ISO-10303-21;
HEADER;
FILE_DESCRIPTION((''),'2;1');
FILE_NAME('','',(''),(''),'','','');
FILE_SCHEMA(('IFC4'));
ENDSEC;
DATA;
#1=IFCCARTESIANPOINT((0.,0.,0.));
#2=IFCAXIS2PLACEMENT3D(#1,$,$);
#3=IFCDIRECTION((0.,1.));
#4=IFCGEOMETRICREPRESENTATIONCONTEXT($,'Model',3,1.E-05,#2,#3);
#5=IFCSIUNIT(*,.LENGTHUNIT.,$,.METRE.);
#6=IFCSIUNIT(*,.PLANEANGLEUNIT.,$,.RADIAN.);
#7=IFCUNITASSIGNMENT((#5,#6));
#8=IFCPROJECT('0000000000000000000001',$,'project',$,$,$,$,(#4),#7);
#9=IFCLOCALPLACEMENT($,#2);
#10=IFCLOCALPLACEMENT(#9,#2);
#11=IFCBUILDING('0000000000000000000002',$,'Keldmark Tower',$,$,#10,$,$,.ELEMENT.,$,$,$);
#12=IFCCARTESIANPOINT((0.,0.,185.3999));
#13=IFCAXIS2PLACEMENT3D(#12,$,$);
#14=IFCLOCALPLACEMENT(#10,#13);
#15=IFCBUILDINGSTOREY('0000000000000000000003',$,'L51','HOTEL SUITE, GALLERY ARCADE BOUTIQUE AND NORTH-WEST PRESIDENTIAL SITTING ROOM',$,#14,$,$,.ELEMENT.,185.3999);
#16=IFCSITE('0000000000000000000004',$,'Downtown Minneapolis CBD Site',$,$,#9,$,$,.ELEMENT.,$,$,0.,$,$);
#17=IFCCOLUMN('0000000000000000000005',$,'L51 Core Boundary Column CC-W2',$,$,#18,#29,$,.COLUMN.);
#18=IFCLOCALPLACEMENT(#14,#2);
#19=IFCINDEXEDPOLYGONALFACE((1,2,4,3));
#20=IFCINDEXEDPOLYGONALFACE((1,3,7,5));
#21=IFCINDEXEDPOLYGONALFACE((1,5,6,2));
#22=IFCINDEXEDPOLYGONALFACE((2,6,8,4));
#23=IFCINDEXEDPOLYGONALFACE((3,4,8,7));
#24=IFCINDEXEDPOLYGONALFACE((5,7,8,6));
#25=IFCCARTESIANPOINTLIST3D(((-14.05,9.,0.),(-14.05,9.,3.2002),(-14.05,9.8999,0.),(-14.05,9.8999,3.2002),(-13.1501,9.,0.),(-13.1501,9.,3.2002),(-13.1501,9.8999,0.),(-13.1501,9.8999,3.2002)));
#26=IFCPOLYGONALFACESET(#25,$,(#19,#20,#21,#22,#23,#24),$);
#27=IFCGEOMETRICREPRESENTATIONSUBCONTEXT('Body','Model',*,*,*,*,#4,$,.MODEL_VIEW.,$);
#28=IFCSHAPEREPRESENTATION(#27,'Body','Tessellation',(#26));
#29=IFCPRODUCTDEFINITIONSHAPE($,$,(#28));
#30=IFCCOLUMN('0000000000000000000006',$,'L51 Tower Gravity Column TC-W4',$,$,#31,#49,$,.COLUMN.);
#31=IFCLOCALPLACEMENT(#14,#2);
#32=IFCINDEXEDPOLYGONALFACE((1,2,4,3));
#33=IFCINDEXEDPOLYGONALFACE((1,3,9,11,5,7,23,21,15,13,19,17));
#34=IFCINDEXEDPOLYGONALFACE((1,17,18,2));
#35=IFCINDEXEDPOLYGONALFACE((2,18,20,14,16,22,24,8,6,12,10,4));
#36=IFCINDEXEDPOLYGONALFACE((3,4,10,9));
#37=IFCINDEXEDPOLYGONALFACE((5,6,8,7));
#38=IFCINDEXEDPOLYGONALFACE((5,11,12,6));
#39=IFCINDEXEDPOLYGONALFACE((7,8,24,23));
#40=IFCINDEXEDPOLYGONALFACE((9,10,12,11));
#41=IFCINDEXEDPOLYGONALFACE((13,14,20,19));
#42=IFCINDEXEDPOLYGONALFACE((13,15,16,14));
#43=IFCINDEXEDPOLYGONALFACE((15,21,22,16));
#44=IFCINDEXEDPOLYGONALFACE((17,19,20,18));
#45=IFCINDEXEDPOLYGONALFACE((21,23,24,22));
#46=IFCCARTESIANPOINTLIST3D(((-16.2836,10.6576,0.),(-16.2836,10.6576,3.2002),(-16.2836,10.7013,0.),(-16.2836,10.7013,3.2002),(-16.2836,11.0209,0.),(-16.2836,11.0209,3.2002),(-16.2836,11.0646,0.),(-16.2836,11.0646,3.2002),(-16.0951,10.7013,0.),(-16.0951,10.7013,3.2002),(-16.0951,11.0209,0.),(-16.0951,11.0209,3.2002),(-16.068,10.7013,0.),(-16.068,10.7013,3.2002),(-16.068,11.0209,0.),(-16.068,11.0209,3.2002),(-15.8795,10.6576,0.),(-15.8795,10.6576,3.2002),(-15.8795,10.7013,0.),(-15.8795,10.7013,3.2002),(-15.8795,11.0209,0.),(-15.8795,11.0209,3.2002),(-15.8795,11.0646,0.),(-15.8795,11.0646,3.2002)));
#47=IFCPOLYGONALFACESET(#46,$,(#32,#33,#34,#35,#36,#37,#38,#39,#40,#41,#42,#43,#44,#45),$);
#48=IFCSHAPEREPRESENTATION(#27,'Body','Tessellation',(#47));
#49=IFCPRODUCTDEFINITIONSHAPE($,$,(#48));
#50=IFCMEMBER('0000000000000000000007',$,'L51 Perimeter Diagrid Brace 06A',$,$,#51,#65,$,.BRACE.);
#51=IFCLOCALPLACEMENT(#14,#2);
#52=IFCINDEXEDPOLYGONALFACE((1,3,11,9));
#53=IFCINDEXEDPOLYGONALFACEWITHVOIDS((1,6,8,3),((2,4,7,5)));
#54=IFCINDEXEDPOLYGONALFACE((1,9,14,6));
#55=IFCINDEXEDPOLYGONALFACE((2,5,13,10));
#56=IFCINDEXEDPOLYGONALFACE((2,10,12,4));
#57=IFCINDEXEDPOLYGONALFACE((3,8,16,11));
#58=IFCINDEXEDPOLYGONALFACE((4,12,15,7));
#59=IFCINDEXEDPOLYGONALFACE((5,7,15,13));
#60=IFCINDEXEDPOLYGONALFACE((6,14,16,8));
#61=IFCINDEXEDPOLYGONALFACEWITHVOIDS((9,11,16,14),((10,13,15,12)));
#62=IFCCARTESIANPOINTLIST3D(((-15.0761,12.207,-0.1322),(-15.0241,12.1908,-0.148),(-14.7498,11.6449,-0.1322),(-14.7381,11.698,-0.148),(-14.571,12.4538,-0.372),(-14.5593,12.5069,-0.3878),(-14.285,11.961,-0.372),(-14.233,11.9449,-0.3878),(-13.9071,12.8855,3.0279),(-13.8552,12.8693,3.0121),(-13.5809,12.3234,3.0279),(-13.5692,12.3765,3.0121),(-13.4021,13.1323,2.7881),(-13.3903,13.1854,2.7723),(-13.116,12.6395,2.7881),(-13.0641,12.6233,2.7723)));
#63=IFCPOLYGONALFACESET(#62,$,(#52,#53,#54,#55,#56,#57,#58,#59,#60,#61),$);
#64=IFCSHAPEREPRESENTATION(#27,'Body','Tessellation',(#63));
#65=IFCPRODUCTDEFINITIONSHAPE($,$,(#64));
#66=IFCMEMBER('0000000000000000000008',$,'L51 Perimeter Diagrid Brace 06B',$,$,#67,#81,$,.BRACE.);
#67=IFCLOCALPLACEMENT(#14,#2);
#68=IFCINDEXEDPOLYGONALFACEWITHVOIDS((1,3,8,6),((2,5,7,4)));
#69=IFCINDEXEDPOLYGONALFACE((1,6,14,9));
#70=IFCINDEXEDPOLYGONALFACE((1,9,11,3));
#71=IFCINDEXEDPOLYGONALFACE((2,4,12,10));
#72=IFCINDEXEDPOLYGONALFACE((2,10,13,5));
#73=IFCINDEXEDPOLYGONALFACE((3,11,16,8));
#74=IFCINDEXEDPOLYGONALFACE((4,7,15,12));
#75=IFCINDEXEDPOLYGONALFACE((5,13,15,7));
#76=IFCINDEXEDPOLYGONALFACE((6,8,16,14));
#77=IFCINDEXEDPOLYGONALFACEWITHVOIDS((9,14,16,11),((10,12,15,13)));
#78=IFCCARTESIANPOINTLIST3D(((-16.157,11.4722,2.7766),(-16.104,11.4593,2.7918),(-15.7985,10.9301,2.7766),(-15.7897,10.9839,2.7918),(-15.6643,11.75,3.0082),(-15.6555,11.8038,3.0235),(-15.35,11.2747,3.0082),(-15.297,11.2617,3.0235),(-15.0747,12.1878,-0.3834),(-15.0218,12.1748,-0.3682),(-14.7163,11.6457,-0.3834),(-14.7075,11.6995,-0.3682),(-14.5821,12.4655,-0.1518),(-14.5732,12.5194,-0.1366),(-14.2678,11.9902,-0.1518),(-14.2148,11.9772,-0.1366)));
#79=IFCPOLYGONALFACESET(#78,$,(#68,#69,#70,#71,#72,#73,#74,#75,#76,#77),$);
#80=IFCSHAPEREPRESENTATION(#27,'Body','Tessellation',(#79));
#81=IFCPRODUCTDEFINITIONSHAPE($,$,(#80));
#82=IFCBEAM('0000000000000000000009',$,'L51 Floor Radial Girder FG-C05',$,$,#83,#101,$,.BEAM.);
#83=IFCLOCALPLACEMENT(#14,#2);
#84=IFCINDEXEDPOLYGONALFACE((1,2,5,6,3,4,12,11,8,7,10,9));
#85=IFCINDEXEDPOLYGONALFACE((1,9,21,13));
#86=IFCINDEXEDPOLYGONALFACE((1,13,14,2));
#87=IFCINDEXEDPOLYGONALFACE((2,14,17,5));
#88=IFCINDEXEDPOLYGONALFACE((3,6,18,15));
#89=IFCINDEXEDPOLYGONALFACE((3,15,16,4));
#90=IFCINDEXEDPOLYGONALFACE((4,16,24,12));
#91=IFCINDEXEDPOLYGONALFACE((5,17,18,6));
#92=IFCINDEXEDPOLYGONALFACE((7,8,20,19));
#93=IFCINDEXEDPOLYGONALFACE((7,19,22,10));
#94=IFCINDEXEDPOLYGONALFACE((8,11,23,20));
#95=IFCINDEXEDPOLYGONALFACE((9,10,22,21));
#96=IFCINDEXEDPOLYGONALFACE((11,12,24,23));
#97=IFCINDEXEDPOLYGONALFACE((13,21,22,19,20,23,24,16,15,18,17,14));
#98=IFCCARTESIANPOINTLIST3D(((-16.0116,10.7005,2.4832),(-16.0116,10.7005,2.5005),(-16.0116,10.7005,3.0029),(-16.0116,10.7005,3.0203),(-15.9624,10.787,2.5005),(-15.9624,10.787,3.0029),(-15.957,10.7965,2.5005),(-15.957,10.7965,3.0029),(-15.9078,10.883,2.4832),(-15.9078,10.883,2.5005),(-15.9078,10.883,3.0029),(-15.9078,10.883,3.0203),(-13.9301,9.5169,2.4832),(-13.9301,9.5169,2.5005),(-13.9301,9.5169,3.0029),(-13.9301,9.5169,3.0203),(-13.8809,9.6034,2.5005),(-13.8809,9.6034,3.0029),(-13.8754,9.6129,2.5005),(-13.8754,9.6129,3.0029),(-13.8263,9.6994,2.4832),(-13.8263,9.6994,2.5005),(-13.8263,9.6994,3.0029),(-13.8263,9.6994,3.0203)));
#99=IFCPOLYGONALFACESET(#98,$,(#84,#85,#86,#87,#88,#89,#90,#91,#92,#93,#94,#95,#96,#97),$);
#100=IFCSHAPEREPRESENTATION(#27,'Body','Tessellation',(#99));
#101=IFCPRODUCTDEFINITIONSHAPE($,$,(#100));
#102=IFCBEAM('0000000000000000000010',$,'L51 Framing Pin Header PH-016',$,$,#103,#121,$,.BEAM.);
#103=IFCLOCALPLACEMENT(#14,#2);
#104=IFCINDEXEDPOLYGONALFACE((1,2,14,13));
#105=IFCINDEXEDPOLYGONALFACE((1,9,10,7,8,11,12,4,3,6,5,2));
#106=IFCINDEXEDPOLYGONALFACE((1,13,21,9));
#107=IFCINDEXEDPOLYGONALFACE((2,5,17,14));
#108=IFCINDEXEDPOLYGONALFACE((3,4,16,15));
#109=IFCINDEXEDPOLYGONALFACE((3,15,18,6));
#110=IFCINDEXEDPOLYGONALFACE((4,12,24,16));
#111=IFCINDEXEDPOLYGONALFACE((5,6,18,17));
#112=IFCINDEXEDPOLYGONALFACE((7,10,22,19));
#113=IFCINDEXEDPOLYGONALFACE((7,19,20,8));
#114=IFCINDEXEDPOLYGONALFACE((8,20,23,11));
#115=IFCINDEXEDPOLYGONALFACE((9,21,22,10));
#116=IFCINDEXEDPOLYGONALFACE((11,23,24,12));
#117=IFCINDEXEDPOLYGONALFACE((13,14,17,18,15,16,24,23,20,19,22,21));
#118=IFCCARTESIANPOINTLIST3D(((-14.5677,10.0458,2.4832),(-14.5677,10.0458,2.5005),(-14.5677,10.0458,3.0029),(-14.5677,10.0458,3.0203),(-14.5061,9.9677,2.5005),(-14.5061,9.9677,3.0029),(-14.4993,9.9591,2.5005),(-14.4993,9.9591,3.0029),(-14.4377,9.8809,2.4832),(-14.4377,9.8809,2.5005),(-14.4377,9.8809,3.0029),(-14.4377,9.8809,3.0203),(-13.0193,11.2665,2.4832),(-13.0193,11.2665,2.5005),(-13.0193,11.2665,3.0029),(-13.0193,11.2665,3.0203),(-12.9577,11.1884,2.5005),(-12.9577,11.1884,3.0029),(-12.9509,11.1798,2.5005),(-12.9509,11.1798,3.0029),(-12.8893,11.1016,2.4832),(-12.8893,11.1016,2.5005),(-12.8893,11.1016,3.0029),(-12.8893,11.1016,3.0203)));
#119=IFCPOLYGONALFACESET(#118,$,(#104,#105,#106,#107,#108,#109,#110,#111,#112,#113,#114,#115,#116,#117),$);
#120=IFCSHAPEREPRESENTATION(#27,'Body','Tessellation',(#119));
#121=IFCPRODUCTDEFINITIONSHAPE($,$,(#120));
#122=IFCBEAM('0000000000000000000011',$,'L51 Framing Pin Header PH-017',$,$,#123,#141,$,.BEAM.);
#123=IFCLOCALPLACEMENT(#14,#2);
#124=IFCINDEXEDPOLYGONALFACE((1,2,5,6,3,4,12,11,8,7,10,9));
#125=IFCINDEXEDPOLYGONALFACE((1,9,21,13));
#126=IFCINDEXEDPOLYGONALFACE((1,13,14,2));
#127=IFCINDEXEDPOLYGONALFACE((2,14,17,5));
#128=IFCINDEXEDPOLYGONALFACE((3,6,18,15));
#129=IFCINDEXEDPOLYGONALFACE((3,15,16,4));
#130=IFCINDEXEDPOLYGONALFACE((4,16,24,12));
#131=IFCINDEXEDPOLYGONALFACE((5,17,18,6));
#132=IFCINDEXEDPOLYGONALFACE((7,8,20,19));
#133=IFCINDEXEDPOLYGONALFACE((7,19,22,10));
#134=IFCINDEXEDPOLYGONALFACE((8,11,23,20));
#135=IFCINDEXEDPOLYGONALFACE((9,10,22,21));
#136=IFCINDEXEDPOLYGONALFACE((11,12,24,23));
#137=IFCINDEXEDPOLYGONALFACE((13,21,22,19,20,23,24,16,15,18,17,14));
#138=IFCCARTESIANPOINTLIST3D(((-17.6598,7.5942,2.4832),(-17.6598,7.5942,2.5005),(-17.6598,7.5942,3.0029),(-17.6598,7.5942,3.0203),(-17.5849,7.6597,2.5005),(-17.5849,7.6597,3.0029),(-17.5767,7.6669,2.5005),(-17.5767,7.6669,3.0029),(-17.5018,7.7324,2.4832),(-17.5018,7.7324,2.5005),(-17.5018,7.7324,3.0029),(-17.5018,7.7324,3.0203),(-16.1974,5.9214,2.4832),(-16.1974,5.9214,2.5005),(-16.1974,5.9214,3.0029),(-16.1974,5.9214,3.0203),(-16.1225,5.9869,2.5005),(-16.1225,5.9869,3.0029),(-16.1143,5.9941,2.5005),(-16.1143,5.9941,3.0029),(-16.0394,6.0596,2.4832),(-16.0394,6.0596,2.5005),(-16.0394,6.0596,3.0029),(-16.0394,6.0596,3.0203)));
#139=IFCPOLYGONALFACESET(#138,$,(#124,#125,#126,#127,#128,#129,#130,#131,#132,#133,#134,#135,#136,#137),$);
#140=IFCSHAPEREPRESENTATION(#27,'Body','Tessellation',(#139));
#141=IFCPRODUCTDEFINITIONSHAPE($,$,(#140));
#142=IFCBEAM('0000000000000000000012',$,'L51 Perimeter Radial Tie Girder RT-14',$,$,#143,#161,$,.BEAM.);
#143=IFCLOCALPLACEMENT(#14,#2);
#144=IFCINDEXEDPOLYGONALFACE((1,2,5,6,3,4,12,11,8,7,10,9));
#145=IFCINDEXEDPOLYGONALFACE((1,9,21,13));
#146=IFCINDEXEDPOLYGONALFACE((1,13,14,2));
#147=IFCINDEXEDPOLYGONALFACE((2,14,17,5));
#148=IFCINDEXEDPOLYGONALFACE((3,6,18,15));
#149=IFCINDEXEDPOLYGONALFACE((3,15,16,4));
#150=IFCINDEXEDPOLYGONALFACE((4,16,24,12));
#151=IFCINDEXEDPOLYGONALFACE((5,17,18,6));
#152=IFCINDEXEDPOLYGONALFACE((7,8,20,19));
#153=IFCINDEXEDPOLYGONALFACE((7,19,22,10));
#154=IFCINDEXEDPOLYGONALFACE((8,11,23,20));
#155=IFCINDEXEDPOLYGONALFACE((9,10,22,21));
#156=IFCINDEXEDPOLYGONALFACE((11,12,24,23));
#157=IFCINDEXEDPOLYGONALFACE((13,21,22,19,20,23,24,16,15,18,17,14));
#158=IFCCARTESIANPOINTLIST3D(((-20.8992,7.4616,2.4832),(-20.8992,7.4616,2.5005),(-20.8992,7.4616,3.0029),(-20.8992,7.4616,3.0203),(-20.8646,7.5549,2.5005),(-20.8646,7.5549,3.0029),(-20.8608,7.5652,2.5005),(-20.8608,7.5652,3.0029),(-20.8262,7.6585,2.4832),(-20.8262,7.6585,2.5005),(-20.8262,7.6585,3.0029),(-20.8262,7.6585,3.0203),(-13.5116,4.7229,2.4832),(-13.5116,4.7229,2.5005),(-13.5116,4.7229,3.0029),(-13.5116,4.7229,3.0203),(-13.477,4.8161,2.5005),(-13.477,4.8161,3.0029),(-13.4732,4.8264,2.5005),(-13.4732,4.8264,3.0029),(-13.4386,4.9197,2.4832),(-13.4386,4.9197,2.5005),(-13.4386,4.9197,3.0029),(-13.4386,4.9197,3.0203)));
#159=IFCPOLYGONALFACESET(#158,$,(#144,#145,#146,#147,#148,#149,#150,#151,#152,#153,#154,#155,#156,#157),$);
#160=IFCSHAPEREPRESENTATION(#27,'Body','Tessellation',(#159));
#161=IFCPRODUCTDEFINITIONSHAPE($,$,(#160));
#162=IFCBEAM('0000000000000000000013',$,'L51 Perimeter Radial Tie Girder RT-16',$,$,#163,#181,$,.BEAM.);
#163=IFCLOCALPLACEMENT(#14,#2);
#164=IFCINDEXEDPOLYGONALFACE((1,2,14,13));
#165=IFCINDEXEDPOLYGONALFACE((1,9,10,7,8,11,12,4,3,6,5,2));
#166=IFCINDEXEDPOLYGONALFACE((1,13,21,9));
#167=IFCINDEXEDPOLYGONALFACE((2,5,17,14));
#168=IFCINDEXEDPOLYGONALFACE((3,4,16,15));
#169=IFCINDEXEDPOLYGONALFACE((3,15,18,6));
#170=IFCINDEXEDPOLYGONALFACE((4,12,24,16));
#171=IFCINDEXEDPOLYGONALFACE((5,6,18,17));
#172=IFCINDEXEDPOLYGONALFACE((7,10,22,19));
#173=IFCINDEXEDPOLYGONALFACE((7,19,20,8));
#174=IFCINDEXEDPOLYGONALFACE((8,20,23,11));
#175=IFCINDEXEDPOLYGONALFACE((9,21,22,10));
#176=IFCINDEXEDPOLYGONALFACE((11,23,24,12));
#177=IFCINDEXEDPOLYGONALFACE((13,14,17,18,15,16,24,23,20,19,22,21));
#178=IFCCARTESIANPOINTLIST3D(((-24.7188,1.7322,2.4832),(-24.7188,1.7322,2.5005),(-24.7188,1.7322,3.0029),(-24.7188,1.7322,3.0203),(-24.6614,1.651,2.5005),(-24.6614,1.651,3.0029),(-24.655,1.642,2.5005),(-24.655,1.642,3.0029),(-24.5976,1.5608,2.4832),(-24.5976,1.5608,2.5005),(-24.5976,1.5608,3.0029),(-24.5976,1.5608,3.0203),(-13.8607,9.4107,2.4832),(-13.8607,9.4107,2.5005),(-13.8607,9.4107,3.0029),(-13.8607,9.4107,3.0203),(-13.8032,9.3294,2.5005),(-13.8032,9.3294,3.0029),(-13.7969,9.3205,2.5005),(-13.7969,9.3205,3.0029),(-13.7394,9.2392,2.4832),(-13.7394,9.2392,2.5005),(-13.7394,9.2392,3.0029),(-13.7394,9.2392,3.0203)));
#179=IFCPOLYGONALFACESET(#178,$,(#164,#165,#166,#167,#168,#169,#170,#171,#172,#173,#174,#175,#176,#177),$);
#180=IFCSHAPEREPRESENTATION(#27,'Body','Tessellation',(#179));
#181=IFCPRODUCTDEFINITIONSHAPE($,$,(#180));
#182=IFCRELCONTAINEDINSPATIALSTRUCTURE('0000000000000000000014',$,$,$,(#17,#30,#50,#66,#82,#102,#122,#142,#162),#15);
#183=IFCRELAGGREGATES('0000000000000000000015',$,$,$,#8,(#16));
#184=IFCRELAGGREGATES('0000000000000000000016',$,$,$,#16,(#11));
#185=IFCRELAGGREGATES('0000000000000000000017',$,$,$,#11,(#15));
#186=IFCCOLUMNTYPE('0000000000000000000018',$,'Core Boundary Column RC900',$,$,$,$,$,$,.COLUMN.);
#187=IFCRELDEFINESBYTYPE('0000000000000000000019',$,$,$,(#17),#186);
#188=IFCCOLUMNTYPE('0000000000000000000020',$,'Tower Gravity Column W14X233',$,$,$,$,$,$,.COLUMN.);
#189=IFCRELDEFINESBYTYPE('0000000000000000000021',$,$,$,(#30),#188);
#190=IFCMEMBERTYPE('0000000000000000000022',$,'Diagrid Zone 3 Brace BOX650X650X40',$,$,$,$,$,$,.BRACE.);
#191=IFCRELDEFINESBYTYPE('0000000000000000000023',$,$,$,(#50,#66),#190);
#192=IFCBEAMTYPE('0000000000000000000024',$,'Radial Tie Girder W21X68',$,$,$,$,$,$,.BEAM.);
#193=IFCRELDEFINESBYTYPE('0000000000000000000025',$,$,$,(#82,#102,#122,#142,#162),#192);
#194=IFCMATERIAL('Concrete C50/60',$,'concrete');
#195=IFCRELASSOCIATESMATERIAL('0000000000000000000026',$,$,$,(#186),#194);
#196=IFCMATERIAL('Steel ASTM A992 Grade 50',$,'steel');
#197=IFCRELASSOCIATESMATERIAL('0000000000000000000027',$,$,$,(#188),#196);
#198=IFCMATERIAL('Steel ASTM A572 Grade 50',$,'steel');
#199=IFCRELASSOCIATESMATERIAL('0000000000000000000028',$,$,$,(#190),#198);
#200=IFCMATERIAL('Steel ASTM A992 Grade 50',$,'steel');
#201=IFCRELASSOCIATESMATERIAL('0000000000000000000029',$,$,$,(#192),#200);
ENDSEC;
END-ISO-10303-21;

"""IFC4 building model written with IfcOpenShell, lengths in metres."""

from ifc_helpers import new_model, si_unit, direction, frame, origin, origin_2d, place, context, subcontext, project, spatial, rectangle, hollow_rectangle, i_section, extrude, material, material_profile, profile_set, type_object, element, save


model = new_model("IFC4")

# Units and contexts
model_context = context("Model", 3, precision=1e-05, world=origin(), true_north=direction((0.0, 1.0)))
body_context = subcontext(model_context, "Body", "Model", "MODEL_VIEW")
ifc_project = project(units=[si_unit("LENGTHUNIT", "METRE"), si_unit("PLANEANGLEUNIT", "RADIAN")], contexts=[model_context])

# Site, building, storey
site_placement = place(None, origin())
site = spatial("IfcSite", under=ifc_project, at=site_placement, Name="Downtown Minneapolis CBD Site", CompositionType="ELEMENT", RefElevation=0.0)
building_placement = place(site_placement, origin())
building = spatial("IfcBuilding", under=site, at=building_placement, Name="Keldmark Tower", CompositionType="ELEMENT")
storey_placement = place(building_placement, frame((0.0, 0.0, 185.3999)))
storey = spatial("IfcBuildingStorey", under=building, at=storey_placement, Name="L51", Description="HOTEL SUITE, GALLERY ARCADE BOUTIQUE AND NORTH-WEST PRESIDENTIAL SITTING ROOM", CompositionType="ELEMENT", Elevation=185.3999)

# Columns
ifc_material_1 = material(Name="Concrete C50/60", Category="concrete")
ifc_material_profile_1 = material_profile(ifc_material_1, rectangle(XDim=0.8999, YDim=0.8999, at=origin_2d()), Name="RC900X900")
ifc_profile_set_1 = profile_set([ifc_material_profile_1], Name="Concrete C50/60")
column_type_1 = type_object("IfcColumnType", Name="Core Boundary Column RC900", PredefinedType="COLUMN", material=ifc_profile_set_1)
column_1_placement = place(storey_placement, frame((-13.6001, 9.45, 0.0), z_axis=(0.0, 0.0, 1.0), x_axis=(1.0, 0.0, 0.0)))
element("IfcColumn", 1, at=column_1_placement, inside=storey, type_object=column_type_1, Name="L51 Core Boundary Column CC-W2", PredefinedType="COLUMN", context=body_context, shape_type="SweptSolid", body=[
    extrude(rectangle(XDim=0.8999, YDim=0.8999, at=origin_2d()), origin(), (0.0, 0.0, 1.0), 3.2002),
])
ifc_material_2 = material(Name="Steel ASTM A992 Grade 50", Category="steel")
ifc_material_profile_2 = material_profile(ifc_material_2, i_section(OverallWidth=0.4041, OverallDepth=0.407, WebThickness=0.0271, FlangeThickness=0.0437, at=origin_2d()), Name="W14X233")
ifc_profile_set_2 = profile_set([ifc_material_profile_2], Name="Steel ASTM A992 Grade 50")
column_type_2 = type_object("IfcColumnType", Name="Tower Gravity Column W14X233", PredefinedType="COLUMN", material=ifc_profile_set_2)
column_2_placement = place(storey_placement, frame((-16.0815, 10.8611, 0.0), z_axis=(0.0, 0.0, 1.0), x_axis=(1.0, 0.0, 0.0)))
element("IfcColumn", 2, at=column_2_placement, inside=storey, type_object=column_type_2, Name="L51 Tower Gravity Column TC-W4", PredefinedType="COLUMN", context=body_context, shape_type="SweptSolid", body=[
    extrude(i_section(OverallWidth=0.4041, OverallDepth=0.407, WebThickness=0.0271, FlangeThickness=0.0437, at=origin_2d()), origin(), (0.0, 0.0, 1.0), 3.2002),
])

# Members
ifc_material_3 = material(Name="Steel ASTM A572 Grade 50", Category="steel")
ifc_material_profile_3 = material_profile(ifc_material_3, hollow_rectangle(XDim=0.6499, YDim=0.6499, WallThickness=0.04, at=origin_2d()), Name="BOX650X650X40")
ifc_profile_set_3 = profile_set([ifc_material_profile_3], Name="Steel ASTM A572 Grade 50")
member_type = type_object("IfcMemberType", Name="Diagrid Zone 3 Brace BOX650X650X40", PredefinedType="BRACE", material=ifc_profile_set_3)
member_1_placement = place(storey_placement, frame((-14.6545, 12.0759, -0.26), z_axis=(0.340101, 0.197398, 0.919438), x_axis=(-0.501983, 0.864877, 0.0)))
element("IfcMember", 3, at=member_1_placement, inside=storey, type_object=member_type, Name="L51 Perimeter Diagrid Brace 06A", PredefinedType="BRACE", context=body_context, shape_type="SweptSolid", body=[
    extrude(hollow_rectangle(XDim=0.6499, YDim=0.6499, WallThickness=0.04, at=origin_2d()), origin(), (0.0, 0.0, 1.0), 3.437),
])
member_2_placement = place(storey_placement, frame((-14.6448, 12.0825, -0.26), z_axis=(-0.316813, -0.20947, 0.925069), x_axis=(0.551526, -0.834158, 0.0)))
element("IfcMember", 4, at=member_2_placement, inside=storey, type_object=member_type, Name="L51 Perimeter Diagrid Brace 06B", PredefinedType="BRACE", context=body_context, shape_type="SweptSolid", body=[
    extrude(hollow_rectangle(XDim=0.6499, YDim=0.6499, WallThickness=0.04, at=origin_2d()), origin(), (0.0, 0.0, 1.0), 3.416),
])

# Beams
ifc_material_4 = material(Name="Steel ASTM A992 Grade 50", Category="steel")
ifc_material_profile_4 = material_profile(ifc_material_4, i_section(OverallWidth=0.21, OverallDepth=0.5371, WebThickness=0.011, FlangeThickness=0.0173, at=origin_2d()), Name="W21X68")
ifc_profile_set_4 = profile_set([ifc_material_profile_4], Name="Steel ASTM A992 Grade 50")
beam_type_1 = type_object("IfcBeamType", Name="Radial Tie Girder W21X68", PredefinedType="BEAM", material=ifc_profile_set_4)
beam_1_placement = place(storey_placement, frame((-15.9597, 10.7917, 2.7517), z_axis=(0.869295, -0.494293, 0.0), x_axis=(0.494293, 0.869295, 0.0)))
element("IfcBeam", 5, at=beam_1_placement, inside=storey, type_object=beam_type_1, Name="L51 Floor Radial Girder FG-C05", PredefinedType="BEAM", context=body_context, shape_type="SweptSolid", body=[
    extrude(i_section(OverallWidth=0.21, OverallDepth=0.5371, WebThickness=0.011, FlangeThickness=0.0173, at=origin_2d()), origin(), (0.0, 0.0, 1.0), 2.3945),
])
beam_2_placement = place(storey_placement, frame((-14.5027, 9.9634, 2.7517), z_axis=(0.785295, 0.619122, 0.0), x_axis=(-0.619122, 0.785295, 0.0)))
element("IfcBeam", 6, at=beam_2_placement, inside=storey, type_object=beam_type_1, Name="L51 Framing Pin Header PH-016", PredefinedType="BEAM", context=body_context, shape_type="SweptSolid", body=[
    extrude(i_section(OverallWidth=0.21, OverallDepth=0.5371, WebThickness=0.011, FlangeThickness=0.0173, at=origin_2d()), origin(), (0.0, 0.0, 1.0), 1.9717),
])
beam_3_placement = place(storey_placement, frame((-16.1184, 5.9905, 2.7517), z_axis=(-0.658162, 0.752876, 0.0), x_axis=(-0.752876, -0.658162, 0.0)))
element("IfcBeam", 7, at=beam_3_placement, inside=storey, type_object=beam_type_1, Name="L51 Framing Pin Header PH-017", PredefinedType="BEAM", context=body_context, shape_type="SweptSolid", body=[
    extrude(i_section(OverallWidth=0.21, OverallDepth=0.5371, WebThickness=0.011, FlangeThickness=0.0173, at=origin_2d()), origin(), (0.0, 0.0, 1.0), 2.2219),
])
beam_4_placement = place(storey_placement, frame((-13.4751, 4.8213, 2.7517), z_axis=(-0.937642, 0.347603, 0.0), x_axis=(-0.347603, -0.937642, 0.0)))
element("IfcBeam", 8, at=beam_4_placement, inside=storey, type_object=beam_type_1, Name="L51 Perimeter Radial Tie Girder RT-14", PredefinedType="BEAM", context=body_context, shape_type="SweptSolid", body=[
    extrude(i_section(OverallWidth=0.21, OverallDepth=0.5371, WebThickness=0.011, FlangeThickness=0.0173, at=origin_2d()), origin(), (0.0, 0.0, 1.0), 7.8789),
])
beam_5_placement = place(storey_placement, frame((-13.8, 9.325, 2.7517), z_axis=(-0.816476, -0.57738, 0.0), x_axis=(0.57738, -0.816476, 0.0)))
element("IfcBeam", 9, at=beam_5_placement, inside=storey, type_object=beam_type_1, Name="L51 Perimeter Radial Tie Girder RT-16", PredefinedType="BEAM", context=body_context, shape_type="SweptSolid", body=[
    extrude(i_section(OverallWidth=0.21, OverallDepth=0.5371, WebThickness=0.011, FlangeThickness=0.0173, at=origin_2d()), origin(), (0.0, 0.0, 1.0), 13.2988),
])

save(model, "model.ifc")
